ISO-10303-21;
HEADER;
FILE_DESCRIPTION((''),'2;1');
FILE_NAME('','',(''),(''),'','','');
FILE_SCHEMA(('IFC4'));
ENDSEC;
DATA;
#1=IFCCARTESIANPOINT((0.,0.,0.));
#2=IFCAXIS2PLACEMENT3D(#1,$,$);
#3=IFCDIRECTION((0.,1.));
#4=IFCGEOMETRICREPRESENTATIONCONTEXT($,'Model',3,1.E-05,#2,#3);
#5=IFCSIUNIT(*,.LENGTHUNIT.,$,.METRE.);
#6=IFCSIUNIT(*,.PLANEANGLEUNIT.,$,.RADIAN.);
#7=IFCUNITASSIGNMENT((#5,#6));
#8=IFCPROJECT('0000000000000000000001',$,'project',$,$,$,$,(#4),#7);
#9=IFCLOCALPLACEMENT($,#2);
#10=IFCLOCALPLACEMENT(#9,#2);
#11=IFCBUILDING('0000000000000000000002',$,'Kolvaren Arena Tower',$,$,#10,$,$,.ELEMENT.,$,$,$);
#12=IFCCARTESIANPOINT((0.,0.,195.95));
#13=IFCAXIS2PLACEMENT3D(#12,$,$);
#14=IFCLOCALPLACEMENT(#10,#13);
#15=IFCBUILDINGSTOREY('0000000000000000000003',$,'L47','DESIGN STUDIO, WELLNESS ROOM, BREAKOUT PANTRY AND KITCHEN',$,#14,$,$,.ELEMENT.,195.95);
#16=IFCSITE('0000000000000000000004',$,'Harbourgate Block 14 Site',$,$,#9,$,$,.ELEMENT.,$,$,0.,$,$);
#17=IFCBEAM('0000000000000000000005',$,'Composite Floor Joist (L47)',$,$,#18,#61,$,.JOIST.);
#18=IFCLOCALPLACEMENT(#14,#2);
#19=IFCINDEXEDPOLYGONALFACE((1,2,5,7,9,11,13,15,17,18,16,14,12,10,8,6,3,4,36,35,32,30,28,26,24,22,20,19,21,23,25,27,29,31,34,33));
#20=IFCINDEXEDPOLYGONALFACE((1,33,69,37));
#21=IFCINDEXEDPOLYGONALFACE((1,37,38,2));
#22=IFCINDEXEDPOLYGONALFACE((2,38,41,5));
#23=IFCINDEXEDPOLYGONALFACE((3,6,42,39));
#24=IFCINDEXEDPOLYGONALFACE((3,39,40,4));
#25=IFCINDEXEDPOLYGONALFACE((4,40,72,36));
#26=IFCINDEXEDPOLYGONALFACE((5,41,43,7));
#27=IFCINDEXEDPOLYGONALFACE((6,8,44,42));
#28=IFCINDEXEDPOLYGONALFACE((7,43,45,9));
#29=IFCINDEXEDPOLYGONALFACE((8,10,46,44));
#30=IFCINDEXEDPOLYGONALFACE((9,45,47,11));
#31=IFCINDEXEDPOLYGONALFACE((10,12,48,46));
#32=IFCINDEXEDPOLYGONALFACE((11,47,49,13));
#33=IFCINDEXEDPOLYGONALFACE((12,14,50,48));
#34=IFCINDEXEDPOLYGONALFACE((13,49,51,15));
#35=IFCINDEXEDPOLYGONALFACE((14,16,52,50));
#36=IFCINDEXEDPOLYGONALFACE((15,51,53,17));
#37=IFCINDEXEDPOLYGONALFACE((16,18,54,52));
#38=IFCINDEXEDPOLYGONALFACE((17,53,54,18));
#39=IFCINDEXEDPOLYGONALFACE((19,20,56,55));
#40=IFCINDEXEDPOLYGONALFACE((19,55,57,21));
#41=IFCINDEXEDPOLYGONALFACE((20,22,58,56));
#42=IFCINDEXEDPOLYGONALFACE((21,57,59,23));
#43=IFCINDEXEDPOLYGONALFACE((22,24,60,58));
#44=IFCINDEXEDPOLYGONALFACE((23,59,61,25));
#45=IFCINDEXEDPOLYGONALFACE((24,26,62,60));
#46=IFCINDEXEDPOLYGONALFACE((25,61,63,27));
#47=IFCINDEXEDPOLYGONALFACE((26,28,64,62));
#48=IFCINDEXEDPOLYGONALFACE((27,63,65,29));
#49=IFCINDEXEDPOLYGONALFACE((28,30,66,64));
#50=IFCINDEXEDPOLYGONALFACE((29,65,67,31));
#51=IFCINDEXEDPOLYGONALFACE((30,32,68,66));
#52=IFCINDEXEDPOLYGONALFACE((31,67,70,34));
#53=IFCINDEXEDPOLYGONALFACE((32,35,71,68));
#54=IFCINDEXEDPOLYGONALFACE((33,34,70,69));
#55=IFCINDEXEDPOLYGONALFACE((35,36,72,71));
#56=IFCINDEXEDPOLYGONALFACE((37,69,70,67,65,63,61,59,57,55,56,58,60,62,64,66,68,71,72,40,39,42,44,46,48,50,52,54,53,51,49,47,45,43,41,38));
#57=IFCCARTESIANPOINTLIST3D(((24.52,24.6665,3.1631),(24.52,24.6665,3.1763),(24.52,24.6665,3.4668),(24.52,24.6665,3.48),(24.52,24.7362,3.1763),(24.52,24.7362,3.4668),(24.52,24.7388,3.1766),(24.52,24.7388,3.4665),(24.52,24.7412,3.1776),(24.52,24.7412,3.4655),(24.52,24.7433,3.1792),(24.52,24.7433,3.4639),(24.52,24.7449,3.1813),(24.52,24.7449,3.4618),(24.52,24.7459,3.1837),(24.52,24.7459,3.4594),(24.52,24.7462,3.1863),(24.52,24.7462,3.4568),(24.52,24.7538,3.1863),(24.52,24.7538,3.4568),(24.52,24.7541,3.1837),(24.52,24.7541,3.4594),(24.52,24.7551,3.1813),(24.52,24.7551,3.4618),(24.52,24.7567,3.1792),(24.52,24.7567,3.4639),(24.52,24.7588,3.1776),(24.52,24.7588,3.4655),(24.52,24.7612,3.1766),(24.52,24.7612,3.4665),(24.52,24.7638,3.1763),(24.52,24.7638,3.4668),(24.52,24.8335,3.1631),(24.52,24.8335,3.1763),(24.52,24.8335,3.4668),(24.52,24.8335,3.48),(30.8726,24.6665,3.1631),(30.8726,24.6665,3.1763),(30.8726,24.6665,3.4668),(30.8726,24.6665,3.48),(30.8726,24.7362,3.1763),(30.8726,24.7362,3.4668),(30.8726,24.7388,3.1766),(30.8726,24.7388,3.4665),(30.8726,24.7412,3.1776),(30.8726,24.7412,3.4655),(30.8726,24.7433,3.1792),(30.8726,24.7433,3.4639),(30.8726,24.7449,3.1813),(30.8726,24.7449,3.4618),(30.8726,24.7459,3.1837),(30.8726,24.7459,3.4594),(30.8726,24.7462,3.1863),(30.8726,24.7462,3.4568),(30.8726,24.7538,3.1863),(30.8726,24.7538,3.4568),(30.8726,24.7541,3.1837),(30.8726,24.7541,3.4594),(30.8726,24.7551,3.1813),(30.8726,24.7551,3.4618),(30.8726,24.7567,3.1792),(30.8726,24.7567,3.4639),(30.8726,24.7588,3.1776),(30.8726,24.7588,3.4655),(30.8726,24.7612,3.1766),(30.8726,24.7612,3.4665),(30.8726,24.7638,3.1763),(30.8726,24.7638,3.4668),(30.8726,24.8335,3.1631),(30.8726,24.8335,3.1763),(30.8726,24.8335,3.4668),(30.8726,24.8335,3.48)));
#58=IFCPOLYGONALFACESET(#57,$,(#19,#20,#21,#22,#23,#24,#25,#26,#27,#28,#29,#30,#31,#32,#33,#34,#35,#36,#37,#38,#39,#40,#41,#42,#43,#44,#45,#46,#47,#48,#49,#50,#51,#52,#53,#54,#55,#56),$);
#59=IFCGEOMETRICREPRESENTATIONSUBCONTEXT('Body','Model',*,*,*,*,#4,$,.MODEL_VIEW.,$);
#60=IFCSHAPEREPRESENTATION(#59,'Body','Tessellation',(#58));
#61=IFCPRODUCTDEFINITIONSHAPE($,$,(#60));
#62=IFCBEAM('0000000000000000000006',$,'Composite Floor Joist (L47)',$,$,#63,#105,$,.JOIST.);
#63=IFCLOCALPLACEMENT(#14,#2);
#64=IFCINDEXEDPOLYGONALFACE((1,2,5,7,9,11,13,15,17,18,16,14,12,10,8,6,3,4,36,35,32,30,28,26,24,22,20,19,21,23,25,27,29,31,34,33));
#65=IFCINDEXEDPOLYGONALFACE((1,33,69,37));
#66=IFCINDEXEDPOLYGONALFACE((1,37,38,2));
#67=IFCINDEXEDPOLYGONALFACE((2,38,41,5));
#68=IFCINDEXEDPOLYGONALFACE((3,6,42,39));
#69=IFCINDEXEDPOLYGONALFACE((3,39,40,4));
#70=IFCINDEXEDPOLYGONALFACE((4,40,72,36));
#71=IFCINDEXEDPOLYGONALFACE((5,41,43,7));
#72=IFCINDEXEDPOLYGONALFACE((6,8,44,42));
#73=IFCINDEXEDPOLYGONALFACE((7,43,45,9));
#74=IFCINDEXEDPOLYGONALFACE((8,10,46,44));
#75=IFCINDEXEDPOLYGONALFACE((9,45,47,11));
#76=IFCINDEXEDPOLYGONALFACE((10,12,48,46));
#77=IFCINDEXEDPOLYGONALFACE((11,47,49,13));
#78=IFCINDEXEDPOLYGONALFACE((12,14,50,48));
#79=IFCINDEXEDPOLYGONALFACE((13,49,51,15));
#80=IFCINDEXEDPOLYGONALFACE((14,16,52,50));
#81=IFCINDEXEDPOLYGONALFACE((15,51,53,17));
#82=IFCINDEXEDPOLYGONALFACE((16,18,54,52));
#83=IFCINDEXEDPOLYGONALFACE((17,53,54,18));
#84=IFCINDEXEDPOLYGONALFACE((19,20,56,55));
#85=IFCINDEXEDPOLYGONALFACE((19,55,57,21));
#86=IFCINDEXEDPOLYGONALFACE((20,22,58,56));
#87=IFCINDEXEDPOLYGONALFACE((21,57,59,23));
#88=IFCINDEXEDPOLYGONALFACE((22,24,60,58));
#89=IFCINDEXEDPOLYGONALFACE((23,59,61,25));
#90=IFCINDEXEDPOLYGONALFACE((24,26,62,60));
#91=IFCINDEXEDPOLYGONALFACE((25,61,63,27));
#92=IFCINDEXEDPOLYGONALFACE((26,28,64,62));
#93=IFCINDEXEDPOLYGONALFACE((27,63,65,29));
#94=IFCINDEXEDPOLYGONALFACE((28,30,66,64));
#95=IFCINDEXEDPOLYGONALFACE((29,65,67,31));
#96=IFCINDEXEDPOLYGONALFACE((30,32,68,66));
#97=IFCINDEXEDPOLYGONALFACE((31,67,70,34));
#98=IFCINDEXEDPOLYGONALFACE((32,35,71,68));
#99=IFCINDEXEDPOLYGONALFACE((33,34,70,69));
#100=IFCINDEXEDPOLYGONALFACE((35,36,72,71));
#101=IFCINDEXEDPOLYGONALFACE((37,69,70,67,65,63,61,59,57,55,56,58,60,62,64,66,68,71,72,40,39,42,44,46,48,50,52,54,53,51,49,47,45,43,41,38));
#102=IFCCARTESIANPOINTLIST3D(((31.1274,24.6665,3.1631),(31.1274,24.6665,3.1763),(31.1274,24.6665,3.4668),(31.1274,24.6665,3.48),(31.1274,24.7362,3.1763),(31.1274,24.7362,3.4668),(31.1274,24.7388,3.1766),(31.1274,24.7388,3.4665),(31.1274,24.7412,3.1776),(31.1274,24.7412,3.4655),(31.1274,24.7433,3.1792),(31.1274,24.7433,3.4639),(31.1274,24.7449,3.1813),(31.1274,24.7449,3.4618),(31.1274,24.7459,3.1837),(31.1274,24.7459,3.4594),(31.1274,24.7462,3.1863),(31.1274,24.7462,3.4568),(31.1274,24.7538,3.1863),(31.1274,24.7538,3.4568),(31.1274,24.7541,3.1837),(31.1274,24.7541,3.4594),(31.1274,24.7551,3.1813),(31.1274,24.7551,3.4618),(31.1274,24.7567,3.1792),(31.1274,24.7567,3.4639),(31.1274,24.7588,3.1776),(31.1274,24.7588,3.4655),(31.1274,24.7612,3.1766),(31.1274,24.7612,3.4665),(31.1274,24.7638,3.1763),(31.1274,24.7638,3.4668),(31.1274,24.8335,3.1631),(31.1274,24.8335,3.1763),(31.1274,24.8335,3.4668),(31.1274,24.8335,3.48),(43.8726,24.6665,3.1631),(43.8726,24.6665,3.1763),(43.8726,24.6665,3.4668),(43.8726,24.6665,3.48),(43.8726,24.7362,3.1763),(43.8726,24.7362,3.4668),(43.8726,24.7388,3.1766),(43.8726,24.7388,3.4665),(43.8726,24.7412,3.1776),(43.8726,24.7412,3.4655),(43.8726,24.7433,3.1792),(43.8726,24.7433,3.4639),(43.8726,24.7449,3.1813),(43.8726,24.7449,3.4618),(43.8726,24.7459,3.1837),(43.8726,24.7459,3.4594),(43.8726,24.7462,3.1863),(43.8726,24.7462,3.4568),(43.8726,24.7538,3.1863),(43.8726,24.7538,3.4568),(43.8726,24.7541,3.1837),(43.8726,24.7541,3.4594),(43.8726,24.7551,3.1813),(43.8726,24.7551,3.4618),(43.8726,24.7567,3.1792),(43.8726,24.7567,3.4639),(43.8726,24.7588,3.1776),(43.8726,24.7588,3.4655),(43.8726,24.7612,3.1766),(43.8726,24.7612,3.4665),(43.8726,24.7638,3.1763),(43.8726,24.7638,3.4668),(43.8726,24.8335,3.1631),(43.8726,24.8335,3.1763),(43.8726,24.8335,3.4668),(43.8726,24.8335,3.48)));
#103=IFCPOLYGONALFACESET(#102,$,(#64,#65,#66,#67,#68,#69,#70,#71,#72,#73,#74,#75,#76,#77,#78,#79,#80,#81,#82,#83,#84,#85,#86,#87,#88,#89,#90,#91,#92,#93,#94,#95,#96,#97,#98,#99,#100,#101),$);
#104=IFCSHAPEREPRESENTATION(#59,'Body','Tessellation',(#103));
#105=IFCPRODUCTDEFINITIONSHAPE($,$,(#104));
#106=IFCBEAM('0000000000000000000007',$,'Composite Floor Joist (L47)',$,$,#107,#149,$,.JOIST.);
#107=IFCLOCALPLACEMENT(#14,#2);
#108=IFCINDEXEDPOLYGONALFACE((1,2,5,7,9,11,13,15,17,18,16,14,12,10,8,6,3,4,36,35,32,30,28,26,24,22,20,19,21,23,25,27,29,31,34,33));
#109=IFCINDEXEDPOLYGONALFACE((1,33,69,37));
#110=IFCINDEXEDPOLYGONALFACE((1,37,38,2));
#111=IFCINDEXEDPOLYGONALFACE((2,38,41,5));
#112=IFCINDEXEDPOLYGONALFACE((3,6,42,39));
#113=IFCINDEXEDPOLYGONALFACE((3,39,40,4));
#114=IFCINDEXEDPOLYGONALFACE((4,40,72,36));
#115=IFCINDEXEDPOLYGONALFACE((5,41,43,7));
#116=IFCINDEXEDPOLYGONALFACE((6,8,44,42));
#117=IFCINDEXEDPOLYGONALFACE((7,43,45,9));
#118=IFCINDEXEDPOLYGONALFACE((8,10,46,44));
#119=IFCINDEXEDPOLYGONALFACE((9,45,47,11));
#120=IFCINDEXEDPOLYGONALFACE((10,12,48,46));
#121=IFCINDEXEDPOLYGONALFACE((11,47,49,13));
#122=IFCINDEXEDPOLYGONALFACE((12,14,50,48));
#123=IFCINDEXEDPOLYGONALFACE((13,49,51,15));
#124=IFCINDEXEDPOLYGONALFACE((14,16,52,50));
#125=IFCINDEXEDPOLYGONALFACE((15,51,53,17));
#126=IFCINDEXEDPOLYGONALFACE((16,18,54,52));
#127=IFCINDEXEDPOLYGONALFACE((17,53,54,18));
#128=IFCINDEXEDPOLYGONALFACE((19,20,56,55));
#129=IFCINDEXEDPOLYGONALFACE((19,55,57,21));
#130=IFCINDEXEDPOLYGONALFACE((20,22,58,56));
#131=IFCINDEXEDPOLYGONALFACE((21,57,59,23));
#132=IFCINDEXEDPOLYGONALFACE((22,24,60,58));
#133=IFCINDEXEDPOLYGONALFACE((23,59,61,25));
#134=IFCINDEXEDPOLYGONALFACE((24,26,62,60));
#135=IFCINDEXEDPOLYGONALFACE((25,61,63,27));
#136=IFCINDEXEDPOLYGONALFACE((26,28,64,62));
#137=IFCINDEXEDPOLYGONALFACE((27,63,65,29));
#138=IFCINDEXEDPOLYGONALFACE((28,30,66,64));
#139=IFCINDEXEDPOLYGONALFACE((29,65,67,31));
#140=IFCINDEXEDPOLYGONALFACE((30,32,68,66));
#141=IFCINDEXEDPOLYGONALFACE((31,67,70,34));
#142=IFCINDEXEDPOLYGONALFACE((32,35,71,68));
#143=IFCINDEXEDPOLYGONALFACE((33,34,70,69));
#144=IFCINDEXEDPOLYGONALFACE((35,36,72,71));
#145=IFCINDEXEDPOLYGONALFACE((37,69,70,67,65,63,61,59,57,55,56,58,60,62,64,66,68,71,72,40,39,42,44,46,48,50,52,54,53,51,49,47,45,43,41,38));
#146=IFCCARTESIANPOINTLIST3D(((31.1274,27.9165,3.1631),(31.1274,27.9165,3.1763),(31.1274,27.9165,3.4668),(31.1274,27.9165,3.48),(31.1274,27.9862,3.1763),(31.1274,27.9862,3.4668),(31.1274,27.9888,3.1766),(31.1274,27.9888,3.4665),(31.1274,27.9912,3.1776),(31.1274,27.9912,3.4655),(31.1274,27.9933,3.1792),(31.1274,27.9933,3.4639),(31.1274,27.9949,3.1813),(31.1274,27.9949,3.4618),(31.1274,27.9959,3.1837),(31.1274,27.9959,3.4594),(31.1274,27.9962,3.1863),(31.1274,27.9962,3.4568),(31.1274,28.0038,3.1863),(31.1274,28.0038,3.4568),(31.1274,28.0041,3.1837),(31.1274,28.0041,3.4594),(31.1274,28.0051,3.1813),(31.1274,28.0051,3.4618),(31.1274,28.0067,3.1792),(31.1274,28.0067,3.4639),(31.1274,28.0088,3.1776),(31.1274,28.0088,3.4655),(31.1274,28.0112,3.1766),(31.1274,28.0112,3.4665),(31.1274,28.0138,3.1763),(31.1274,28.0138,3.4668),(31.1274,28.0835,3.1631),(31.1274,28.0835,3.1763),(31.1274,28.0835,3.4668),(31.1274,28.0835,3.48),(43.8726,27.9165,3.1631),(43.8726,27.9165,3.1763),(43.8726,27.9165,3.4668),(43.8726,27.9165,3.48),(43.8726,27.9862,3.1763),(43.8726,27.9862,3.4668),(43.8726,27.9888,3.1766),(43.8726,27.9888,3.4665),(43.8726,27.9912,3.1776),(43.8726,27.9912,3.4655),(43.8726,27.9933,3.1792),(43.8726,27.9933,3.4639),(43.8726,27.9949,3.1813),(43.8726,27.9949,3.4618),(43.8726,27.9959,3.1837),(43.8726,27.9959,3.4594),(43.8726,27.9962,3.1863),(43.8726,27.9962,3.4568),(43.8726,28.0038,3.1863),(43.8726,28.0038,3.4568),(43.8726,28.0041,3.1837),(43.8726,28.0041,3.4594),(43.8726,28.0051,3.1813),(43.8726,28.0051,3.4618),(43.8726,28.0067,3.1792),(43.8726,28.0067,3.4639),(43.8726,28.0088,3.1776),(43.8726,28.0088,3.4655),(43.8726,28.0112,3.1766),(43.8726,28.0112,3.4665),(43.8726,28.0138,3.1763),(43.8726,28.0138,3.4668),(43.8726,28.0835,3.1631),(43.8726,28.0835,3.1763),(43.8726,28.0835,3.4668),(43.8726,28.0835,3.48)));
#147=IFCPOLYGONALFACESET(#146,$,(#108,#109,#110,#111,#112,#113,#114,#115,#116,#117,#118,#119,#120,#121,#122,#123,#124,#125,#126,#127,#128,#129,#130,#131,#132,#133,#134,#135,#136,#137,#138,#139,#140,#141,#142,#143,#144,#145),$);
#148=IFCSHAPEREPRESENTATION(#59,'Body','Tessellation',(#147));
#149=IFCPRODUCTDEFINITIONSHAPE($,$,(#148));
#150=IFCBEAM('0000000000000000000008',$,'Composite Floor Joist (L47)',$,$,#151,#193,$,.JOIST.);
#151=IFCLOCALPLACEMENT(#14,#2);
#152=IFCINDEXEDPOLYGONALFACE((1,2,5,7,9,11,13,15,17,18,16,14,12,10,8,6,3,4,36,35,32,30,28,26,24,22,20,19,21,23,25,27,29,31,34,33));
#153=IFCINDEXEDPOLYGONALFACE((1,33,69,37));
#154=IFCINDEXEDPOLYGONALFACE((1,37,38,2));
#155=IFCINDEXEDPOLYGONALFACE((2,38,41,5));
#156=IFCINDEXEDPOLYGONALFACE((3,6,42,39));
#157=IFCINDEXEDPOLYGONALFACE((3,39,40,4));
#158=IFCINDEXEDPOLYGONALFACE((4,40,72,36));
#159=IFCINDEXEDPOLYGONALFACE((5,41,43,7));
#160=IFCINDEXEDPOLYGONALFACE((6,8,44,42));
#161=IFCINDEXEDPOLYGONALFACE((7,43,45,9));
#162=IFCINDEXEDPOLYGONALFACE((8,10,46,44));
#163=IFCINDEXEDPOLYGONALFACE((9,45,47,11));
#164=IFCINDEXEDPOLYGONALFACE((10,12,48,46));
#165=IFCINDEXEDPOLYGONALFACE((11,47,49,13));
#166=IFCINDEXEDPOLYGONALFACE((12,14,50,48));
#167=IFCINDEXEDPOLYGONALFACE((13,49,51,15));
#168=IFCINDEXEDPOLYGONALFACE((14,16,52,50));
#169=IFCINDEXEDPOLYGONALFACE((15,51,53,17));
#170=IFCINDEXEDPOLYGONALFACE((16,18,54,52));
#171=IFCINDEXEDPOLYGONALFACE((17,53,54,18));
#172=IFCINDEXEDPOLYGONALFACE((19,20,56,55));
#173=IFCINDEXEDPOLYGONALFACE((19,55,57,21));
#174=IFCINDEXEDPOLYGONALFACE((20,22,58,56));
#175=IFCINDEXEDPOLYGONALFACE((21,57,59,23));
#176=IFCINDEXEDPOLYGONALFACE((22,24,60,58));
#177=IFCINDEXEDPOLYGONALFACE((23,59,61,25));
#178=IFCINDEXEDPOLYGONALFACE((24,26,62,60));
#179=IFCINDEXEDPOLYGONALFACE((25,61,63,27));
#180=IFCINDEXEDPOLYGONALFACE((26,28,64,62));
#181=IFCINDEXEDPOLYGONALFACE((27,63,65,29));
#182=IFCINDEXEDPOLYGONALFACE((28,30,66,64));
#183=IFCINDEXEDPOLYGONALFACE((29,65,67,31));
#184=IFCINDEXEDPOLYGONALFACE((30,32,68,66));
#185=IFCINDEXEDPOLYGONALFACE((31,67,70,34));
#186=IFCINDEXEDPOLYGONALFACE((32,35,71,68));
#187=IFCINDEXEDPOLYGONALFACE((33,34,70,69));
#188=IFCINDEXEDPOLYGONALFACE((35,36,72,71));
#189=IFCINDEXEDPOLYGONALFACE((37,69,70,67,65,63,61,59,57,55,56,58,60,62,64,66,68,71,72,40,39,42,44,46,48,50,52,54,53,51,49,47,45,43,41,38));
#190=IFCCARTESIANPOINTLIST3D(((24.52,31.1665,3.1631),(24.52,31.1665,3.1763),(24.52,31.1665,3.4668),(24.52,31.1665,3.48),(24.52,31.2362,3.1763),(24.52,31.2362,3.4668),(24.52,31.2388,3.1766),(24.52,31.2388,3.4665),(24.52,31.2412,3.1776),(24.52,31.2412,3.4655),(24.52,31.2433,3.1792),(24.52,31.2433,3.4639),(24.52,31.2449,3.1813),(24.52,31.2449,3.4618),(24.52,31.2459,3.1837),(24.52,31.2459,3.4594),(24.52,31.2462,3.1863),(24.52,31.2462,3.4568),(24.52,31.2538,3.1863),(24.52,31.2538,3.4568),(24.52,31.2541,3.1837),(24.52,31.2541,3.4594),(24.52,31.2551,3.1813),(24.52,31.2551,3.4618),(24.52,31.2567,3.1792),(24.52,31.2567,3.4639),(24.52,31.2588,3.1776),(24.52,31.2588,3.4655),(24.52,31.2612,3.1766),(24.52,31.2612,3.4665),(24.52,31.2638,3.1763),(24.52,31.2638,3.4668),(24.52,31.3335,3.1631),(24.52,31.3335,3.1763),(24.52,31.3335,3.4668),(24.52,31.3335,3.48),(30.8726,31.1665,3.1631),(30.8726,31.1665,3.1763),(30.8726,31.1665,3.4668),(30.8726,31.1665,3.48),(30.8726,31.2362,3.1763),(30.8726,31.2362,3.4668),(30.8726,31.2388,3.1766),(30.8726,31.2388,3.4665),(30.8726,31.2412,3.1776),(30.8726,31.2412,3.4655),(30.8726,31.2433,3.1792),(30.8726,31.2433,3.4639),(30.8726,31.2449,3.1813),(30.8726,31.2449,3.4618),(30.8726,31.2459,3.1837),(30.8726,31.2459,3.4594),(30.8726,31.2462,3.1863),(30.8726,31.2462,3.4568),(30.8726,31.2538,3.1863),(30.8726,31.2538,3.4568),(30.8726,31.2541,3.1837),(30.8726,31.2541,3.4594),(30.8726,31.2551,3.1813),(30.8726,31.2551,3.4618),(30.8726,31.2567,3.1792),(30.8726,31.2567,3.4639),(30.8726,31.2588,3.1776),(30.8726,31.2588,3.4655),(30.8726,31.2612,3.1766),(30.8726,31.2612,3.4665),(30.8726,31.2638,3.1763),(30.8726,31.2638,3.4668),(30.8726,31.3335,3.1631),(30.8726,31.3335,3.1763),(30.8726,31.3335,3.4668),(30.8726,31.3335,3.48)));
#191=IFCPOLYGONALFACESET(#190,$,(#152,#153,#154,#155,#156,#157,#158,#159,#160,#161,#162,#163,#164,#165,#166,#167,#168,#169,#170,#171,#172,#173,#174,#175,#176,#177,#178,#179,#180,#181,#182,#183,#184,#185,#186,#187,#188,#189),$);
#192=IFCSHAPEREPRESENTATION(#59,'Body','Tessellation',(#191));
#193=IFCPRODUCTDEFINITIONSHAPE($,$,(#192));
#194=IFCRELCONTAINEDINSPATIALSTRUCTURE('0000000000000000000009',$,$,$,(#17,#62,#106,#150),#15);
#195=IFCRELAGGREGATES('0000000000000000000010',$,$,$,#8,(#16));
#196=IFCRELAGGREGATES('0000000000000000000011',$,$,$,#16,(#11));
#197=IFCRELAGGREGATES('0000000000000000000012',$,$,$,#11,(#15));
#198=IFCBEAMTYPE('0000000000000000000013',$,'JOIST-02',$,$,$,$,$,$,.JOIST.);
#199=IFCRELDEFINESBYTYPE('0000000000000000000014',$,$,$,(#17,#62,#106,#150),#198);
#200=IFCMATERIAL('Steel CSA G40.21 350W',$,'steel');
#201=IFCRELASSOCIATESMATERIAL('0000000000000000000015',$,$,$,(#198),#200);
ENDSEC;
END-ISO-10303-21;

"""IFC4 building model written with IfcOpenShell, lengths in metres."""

from ifc_helpers import new_model, si_unit, direction, frame, origin, origin_2d, place, context, subcontext, project, spatial, i_section, extrude, material, material_profile, profile_set, type_object, element, save


model = new_model("IFC4")

# Units and contexts
model_context = context("Model", 3, precision=1e-05, world=origin(), true_north=direction((0.0, 1.0)))
body_context = subcontext(model_context, "Body", "Model", "MODEL_VIEW")
ifc_project = project(units=[si_unit("LENGTHUNIT", "METRE"), si_unit("PLANEANGLEUNIT", "RADIAN")], contexts=[model_context])

# Site, building, storey
site_placement = place(None, origin())
site = spatial("IfcSite", under=ifc_project, at=site_placement, Name="Harbourgate Block 14 Site", CompositionType="ELEMENT", RefElevation=0.0)
building_placement = place(site_placement, origin())
building = spatial("IfcBuilding", under=site, at=building_placement, Name="Kolvaren Arena Tower", CompositionType="ELEMENT")
storey_placement = place(building_placement, frame((0.0, 0.0, 195.95)))
storey = spatial("IfcBuildingStorey", under=building, at=storey_placement, Name="L47", Description="DESIGN STUDIO, WELLNESS ROOM, BREAKOUT PANTRY AND KITCHEN", CompositionType="ELEMENT", Elevation=195.95)

# Beams
ifc_material_1 = material(Name="Steel CSA G40.21 350W", Category="steel")
ifc_material_profile_1 = material_profile(ifc_material_1, i_section(OverallWidth=0.167, OverallDepth=0.3169, WebThickness=0.0076, FlangeThickness=0.0132, FilletRadius=0.01, at=origin_2d()), Name="W310x52")
ifc_profile_set_1 = profile_set([ifc_material_profile_1], Name="Steel CSA G40.21 350W")
beam_type_1 = type_object("IfcBeamType", Name="JOIST-02", PredefinedType="JOIST", material=ifc_profile_set_1)
beam_1_placement = place(storey_placement, frame((24.52, 24.75, 3.3215), z_axis=(1.0, 0.0, 0.0), x_axis=(0.0, 1.0, 0.0)))
element("IfcBeam", 1, at=beam_1_placement, inside=storey, type_object=beam_type_1, Name="Composite Floor Joist (L47)", PredefinedType="JOIST", context=body_context, shape_type="SweptSolid", body=[
    extrude(i_section(OverallWidth=0.167, OverallDepth=0.3169, WebThickness=0.0076, FlangeThickness=0.0132, FilletRadius=0.01, at=origin_2d()), origin(), (0.0, 0.0, 1.0), 6.3525),
])
for number, where, z_axis, x_axis, name in (
    (2, (31.1274, 24.75, 3.3215), (1.0, 0.0, 0.0), (0.0, 1.0, 0.0), "Composite Floor Joist (L47)"),
    (3, (31.1274, 28.0, 3.3215), (1.0, 0.0, 0.0), (0.0, 1.0, 0.0), "Composite Floor Joist (L47)"),
):
    element("IfcBeam", number, at=place(storey_placement, frame(where, z_axis=z_axis, x_axis=x_axis)), inside=storey, type_object=beam_type_1, Name=name, PredefinedType="JOIST", context=body_context, shape_type="SweptSolid", body=[
        extrude(i_section(OverallWidth=0.167, OverallDepth=0.3169, WebThickness=0.0076, FlangeThickness=0.0132, FilletRadius=0.01, at=origin_2d()), origin(), (0.0, 0.0, 1.0), 12.7451),
    ])
beam_2_placement = place(storey_placement, frame((24.52, 31.25, 3.3215), z_axis=(1.0, 0.0, 0.0), x_axis=(0.0, 1.0, 0.0)))
element("IfcBeam", 4, at=beam_2_placement, inside=storey, type_object=beam_type_1, Name="Composite Floor Joist (L47)", PredefinedType="JOIST", context=body_context, shape_type="SweptSolid", body=[
    extrude(i_section(OverallWidth=0.167, OverallDepth=0.3169, WebThickness=0.0076, FlangeThickness=0.0132, FilletRadius=0.01, at=origin_2d()), origin(), (0.0, 0.0, 1.0), 6.3525),
])

save(model, "model.ifc")
